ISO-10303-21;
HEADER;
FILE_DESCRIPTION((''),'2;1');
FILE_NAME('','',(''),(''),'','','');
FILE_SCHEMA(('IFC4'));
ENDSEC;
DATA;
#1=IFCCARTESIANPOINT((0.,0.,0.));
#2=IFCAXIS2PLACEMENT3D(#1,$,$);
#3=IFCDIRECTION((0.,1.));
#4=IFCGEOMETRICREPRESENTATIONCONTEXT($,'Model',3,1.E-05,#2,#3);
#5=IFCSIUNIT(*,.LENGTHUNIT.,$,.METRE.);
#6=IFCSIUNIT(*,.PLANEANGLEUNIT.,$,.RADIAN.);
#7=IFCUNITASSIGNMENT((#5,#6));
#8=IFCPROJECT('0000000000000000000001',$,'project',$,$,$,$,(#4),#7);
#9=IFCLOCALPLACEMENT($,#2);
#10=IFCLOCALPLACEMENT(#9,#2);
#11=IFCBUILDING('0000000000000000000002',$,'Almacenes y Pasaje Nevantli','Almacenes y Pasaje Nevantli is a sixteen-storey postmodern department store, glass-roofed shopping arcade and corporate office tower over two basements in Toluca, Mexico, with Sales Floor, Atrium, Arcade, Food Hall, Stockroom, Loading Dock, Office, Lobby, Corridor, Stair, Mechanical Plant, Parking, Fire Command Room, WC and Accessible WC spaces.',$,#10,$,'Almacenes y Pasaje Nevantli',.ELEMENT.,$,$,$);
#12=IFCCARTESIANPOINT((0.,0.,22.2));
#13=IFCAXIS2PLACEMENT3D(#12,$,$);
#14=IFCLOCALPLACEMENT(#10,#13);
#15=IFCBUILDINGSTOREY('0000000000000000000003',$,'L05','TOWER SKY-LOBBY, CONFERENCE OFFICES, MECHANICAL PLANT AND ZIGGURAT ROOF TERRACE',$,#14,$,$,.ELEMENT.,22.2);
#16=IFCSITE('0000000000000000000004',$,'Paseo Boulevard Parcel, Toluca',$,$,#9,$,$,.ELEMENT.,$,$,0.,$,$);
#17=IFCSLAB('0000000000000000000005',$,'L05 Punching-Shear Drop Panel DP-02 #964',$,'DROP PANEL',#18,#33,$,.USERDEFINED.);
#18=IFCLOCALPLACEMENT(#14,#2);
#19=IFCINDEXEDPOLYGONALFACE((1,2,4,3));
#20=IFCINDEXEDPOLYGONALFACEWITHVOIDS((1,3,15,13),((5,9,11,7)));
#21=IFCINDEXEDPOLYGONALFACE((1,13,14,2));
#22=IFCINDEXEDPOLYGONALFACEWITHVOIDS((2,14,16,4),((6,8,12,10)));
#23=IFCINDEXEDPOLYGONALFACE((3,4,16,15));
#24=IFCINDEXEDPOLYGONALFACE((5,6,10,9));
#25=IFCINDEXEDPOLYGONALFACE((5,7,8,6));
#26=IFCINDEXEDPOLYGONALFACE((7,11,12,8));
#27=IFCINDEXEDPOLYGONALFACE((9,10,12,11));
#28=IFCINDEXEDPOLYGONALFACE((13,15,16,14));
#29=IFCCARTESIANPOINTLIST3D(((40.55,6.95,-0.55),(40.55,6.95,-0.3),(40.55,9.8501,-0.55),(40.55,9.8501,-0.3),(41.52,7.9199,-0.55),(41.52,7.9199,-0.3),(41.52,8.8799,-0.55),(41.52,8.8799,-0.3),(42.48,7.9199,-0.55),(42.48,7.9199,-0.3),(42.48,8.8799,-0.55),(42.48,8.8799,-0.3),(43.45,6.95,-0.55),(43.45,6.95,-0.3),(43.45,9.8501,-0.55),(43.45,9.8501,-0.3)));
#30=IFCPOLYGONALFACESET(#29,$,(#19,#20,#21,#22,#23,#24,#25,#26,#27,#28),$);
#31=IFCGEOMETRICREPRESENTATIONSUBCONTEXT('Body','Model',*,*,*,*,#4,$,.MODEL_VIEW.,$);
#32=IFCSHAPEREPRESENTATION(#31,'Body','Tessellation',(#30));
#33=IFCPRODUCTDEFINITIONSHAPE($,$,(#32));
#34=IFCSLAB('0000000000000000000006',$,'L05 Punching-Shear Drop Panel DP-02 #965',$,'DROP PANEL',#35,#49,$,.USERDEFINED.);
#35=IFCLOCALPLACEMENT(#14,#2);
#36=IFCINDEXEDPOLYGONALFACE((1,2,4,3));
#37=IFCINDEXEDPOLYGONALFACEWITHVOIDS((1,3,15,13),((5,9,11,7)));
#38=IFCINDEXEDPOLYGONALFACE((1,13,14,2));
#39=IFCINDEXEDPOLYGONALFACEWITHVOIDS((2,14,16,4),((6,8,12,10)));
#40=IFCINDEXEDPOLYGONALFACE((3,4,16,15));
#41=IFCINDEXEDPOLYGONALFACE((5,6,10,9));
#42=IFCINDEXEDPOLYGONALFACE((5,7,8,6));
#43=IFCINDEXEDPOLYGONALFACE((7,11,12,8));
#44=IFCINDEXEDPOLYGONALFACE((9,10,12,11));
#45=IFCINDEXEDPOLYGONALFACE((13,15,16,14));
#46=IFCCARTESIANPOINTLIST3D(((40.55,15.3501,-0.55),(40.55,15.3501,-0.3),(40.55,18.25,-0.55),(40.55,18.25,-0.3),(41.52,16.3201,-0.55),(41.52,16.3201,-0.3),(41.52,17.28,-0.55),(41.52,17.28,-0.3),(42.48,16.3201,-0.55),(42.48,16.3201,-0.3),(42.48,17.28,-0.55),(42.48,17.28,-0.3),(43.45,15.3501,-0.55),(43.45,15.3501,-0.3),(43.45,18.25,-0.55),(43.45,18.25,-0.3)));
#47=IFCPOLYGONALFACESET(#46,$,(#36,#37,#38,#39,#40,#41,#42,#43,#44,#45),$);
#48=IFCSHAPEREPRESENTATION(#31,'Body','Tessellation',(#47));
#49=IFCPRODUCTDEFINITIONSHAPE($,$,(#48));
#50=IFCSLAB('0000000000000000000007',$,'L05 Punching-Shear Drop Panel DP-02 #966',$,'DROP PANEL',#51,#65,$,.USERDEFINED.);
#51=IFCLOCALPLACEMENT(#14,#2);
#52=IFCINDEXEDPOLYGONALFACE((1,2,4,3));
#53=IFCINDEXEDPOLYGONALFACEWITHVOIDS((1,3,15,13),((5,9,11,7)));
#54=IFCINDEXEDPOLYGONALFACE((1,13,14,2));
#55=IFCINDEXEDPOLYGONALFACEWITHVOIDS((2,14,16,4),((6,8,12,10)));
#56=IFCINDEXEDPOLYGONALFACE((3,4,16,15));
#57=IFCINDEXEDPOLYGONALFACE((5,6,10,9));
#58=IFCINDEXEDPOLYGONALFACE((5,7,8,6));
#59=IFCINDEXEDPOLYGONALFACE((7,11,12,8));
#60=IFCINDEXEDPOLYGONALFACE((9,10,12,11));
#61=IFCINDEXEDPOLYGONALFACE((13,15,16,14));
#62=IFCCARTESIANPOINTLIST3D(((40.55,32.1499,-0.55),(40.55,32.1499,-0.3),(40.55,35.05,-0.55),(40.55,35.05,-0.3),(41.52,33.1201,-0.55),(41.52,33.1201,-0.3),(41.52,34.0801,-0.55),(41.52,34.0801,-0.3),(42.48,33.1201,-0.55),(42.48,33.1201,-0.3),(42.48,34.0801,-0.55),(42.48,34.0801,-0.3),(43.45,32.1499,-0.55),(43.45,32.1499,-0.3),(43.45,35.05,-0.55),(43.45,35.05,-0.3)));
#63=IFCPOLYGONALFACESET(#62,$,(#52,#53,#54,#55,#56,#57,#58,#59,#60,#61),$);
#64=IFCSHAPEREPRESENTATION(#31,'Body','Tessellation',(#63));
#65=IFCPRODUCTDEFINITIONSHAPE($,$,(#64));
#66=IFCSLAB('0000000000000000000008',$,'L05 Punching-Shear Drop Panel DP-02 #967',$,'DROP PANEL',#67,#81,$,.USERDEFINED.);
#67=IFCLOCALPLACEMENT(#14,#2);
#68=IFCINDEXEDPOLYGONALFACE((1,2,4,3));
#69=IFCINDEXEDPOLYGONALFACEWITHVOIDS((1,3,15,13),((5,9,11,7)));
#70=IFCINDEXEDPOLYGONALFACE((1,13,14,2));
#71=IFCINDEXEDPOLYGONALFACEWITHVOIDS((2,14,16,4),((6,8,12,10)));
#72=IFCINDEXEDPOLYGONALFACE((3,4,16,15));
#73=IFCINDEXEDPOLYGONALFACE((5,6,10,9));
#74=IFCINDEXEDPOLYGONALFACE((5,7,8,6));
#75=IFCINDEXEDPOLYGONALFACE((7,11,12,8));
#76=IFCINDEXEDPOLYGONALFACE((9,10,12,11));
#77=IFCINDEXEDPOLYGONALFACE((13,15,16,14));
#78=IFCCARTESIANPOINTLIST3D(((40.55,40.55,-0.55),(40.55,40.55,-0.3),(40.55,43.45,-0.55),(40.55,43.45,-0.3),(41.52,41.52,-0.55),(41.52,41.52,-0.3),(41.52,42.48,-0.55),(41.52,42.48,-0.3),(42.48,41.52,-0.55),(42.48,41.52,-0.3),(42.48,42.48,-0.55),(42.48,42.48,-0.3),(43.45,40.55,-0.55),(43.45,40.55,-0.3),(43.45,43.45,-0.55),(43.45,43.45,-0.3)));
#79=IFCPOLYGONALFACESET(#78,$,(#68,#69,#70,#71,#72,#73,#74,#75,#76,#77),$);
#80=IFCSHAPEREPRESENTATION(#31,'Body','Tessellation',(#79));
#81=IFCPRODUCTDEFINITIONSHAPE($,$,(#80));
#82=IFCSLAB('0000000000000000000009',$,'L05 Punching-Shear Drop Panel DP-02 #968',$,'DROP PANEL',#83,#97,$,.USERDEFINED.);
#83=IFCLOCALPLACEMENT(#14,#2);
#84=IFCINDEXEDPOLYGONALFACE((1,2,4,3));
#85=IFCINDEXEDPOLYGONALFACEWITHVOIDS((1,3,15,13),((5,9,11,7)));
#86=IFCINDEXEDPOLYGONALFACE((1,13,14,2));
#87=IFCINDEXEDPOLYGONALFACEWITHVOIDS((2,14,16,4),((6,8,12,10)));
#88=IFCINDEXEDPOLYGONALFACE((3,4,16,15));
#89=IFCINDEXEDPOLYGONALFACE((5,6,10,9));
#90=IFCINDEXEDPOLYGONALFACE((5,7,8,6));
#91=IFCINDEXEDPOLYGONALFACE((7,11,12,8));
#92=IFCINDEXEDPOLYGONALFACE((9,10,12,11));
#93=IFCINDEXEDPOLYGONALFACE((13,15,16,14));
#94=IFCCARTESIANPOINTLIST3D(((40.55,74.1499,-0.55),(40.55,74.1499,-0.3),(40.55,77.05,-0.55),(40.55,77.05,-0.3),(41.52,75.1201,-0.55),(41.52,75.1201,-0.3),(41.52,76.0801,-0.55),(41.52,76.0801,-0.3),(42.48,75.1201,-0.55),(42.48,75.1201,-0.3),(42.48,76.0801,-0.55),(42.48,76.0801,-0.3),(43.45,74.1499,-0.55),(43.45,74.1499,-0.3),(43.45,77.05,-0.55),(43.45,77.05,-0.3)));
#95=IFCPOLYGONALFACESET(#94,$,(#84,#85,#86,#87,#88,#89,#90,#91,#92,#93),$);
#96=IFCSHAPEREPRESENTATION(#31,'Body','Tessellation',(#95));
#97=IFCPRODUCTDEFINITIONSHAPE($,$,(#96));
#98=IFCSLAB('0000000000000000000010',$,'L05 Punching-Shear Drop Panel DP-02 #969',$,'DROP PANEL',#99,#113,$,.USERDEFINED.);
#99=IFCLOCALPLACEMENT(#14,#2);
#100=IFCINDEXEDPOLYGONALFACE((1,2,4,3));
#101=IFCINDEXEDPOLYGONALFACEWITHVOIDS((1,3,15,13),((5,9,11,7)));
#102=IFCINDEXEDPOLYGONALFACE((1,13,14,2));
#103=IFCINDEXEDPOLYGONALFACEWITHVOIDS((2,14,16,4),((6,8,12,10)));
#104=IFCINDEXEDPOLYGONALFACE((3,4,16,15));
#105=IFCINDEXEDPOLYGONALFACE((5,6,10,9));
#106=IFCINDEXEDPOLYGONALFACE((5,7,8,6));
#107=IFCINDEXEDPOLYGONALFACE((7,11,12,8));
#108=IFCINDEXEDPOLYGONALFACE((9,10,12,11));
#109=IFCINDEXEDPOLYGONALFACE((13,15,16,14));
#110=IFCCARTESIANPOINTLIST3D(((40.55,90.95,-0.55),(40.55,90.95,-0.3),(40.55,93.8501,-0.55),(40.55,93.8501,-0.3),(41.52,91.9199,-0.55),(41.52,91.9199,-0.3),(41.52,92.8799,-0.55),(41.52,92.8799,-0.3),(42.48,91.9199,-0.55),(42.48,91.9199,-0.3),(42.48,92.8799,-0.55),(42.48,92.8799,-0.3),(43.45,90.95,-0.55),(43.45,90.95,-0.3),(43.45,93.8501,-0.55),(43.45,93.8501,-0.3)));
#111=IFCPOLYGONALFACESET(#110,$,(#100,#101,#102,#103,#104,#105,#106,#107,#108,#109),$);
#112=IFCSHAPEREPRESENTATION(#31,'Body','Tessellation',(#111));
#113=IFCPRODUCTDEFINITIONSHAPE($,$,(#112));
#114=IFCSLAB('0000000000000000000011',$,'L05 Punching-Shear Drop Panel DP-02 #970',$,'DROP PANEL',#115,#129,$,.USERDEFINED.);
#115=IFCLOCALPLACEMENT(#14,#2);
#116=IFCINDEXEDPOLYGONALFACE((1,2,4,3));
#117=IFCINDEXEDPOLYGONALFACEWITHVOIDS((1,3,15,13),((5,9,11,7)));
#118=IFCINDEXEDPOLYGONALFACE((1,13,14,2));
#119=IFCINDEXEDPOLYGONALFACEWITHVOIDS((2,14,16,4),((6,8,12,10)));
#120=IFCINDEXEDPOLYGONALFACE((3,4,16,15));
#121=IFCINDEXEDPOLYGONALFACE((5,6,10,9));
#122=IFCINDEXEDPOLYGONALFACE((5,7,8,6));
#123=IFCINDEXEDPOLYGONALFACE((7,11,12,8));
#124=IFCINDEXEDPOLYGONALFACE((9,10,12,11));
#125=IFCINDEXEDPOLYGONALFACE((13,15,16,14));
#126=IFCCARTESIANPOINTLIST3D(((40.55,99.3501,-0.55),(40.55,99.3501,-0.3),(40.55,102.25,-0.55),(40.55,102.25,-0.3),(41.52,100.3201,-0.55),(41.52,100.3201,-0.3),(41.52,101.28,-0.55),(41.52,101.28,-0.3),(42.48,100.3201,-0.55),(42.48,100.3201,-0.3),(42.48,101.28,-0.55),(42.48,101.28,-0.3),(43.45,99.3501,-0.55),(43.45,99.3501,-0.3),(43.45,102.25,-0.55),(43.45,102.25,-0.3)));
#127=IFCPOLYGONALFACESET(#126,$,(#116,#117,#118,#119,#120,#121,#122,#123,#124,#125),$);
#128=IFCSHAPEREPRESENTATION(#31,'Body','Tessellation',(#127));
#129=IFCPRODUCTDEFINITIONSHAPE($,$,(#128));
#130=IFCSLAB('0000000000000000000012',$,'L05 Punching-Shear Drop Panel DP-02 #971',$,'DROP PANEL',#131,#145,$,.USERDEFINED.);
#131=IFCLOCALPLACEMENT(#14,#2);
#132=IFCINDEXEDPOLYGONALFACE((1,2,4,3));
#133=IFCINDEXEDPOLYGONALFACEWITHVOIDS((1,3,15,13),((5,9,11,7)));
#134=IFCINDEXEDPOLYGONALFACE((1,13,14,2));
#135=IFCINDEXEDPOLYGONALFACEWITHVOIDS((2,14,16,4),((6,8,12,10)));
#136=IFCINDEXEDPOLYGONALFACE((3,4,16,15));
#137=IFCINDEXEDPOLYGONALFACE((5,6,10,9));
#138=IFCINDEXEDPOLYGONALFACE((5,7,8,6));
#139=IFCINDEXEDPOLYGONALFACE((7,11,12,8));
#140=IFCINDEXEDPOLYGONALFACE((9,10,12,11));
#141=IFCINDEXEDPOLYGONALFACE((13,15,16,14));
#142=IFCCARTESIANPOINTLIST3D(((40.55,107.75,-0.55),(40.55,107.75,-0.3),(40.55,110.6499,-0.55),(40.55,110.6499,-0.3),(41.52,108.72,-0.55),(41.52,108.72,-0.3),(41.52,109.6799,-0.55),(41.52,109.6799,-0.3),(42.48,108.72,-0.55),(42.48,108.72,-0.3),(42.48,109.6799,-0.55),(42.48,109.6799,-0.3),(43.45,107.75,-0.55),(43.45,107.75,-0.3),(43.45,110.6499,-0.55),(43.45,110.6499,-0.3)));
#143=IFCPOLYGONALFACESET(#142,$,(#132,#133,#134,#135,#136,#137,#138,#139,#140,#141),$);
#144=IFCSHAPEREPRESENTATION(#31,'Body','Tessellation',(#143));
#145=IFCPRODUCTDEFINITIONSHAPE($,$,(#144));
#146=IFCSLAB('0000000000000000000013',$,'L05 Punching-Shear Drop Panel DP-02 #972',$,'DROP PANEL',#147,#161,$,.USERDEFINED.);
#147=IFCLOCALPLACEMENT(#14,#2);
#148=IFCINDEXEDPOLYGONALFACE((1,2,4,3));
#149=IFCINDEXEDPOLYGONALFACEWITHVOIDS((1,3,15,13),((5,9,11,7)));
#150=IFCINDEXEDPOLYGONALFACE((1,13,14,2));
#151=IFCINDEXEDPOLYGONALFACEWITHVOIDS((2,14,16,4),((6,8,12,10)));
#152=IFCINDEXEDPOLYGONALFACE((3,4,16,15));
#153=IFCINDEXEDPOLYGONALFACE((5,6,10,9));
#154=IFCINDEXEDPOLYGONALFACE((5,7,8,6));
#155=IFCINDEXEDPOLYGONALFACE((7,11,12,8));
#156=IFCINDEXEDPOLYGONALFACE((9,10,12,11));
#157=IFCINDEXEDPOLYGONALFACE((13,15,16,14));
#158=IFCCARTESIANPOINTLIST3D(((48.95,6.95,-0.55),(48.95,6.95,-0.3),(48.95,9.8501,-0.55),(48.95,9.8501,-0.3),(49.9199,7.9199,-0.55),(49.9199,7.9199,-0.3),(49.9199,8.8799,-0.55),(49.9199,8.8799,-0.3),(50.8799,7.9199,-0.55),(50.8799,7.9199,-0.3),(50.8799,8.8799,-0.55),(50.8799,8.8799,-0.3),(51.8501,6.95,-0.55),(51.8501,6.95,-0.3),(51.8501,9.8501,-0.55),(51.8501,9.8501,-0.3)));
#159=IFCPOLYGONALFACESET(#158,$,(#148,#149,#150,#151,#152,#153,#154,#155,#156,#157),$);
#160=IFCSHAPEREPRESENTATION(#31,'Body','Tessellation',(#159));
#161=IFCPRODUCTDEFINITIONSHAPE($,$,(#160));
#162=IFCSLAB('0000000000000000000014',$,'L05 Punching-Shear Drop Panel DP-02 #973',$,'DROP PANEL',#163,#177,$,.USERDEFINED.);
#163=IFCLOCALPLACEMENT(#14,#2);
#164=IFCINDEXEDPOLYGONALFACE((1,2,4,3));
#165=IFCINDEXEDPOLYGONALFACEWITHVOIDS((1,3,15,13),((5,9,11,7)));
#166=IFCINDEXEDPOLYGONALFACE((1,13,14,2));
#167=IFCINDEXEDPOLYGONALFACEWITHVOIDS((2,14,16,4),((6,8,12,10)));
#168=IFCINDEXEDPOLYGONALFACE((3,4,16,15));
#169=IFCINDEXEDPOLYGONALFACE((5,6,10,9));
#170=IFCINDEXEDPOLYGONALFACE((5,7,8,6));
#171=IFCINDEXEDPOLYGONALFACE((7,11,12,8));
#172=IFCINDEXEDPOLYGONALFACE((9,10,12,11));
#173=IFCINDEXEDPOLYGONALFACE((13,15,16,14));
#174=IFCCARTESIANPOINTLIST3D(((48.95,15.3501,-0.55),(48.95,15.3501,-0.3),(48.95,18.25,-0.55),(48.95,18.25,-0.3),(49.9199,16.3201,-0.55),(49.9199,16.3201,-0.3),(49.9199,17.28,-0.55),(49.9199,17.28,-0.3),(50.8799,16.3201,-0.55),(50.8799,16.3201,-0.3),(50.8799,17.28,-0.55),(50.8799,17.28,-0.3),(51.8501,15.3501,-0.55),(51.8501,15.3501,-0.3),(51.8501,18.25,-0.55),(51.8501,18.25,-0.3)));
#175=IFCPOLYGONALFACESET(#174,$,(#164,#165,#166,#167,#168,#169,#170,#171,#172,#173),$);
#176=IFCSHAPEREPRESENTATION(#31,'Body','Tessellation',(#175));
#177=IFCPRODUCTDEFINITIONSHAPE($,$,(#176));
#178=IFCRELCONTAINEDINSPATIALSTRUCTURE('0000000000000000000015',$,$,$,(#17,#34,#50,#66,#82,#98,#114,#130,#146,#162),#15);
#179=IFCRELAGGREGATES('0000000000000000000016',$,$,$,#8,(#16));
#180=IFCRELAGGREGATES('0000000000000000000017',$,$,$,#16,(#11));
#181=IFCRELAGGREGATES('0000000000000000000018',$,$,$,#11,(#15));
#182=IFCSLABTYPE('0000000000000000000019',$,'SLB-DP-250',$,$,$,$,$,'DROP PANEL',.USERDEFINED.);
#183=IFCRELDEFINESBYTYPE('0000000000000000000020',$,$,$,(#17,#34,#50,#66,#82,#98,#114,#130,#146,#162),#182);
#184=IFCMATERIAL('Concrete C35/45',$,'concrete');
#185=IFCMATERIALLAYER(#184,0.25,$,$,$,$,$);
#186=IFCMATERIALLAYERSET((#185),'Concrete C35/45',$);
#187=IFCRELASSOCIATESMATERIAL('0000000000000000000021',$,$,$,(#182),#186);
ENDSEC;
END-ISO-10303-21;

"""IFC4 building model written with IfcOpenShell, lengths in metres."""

from ifc_helpers import new_model, si_unit, direction, frame, origin, place, context, subcontext, project, spatial, polyline, outline, extrude, material, layer, layer_set, type_object, element, save


model = new_model("IFC4")

# Units and contexts
model_context = context("Model", 3, precision=1e-05, world=origin(), true_north=direction((0.0, 1.0)))
body_context = subcontext(model_context, "Body", "Model", "MODEL_VIEW")
ifc_project = project(units=[si_unit("LENGTHUNIT", "METRE"), si_unit("PLANEANGLEUNIT", "RADIAN")], contexts=[model_context])

# Site, building, storey
site_placement = place(None, origin())
site = spatial("IfcSite", under=ifc_project, at=site_placement, Name="Paseo Boulevard Parcel, Toluca", CompositionType="ELEMENT", RefElevation=0.0)
building_placement = place(site_placement, origin())
building = spatial("IfcBuilding", under=site, at=building_placement, Name="Almacenes y Pasaje Nevantli", Description="Almacenes y Pasaje Nevantli is a sixteen-storey postmodern department store, glass-roofed shopping arcade and corporate office tower over two basements in Toluca, Mexico, with Sales Floor, Atrium, Arcade, Food Hall, Stockroom, Loading Dock, Office, Lobby, Corridor, Stair, Mechanical Plant, Parking, Fire Command Room, WC and Accessible WC spaces.", LongName="Almacenes y Pasaje Nevantli", CompositionType="ELEMENT")
storey_placement = place(building_placement, frame((0.0, 0.0, 22.2)))
storey = spatial("IfcBuildingStorey", under=building, at=storey_placement, Name="L05", Description="TOWER SKY-LOBBY, CONFERENCE OFFICES, MECHANICAL PLANT AND ZIGGURAT ROOF TERRACE", CompositionType="ELEMENT", Elevation=22.2)

# Slabs
ifc_material = material(Name="Concrete C35/45", Category="concrete")
ifc_layer = layer(ifc_material, 0.25)
ifc_layer_set = layer_set([ifc_layer], Name="Concrete C35/45")
slab_type = type_object("IfcSlabType", Name="SLB-DP-250", ElementType="DROP PANEL", PredefinedType="USERDEFINED", material=ifc_layer_set)
slab_1_placement = place(storey_placement, frame((0.0, 0.0, -0.55)))
element("IfcSlab", 1, at=slab_1_placement, inside=storey, type_object=slab_type, Name="L05 Punching-Shear Drop Panel DP-02 #964", ObjectType="DROP PANEL", PredefinedType="USERDEFINED", context=body_context, shape_type="SweptSolid", body=[
    extrude(outline(polyline([(40.55, 6.95), (43.45, 6.95), (43.45, 9.8501), (40.55, 9.8501), (40.55, 6.95)]), holes=[polyline([(41.52, 7.9199), (42.48, 7.9199), (42.48, 8.8799), (41.52, 8.8799), (41.52, 7.9199)])]), origin(), (0.0, 0.0, 1.0), 0.25),
])
slab_2_placement = place(storey_placement, frame((0.0, 0.0, -0.55)))
element("IfcSlab", 2, at=slab_2_placement, inside=storey, type_object=slab_type, Name="L05 Punching-Shear Drop Panel DP-02 #965", ObjectType="DROP PANEL", PredefinedType="USERDEFINED", context=body_context, shape_type="SweptSolid", body=[
    extrude(outline(polyline([(40.55, 15.3501), (43.45, 15.3501), (43.45, 18.25), (40.55, 18.25), (40.55, 15.3501)]), holes=[polyline([(41.52, 16.3201), (42.48, 16.3201), (42.48, 17.28), (41.52, 17.28), (41.52, 16.3201)])]), origin(), (0.0, 0.0, 1.0), 0.25),
])
slab_3_placement = place(storey_placement, frame((0.0, 0.0, -0.55)))
element("IfcSlab", 3, at=slab_3_placement, inside=storey, type_object=slab_type, Name="L05 Punching-Shear Drop Panel DP-02 #966", ObjectType="DROP PANEL", PredefinedType="USERDEFINED", context=body_context, shape_type="SweptSolid", body=[
    extrude(outline(polyline([(40.55, 32.1499), (43.45, 32.1499), (43.45, 35.05), (40.55, 35.05), (40.55, 32.1499)]), holes=[polyline([(41.52, 33.1201), (42.48, 33.1201), (42.48, 34.0801), (41.52, 34.0801), (41.52, 33.1201)])]), origin(), (0.0, 0.0, 1.0), 0.25),
])
slab_4_placement = place(storey_placement, frame((0.0, 0.0, -0.55)))
element("IfcSlab", 4, at=slab_4_placement, inside=storey, type_object=slab_type, Name="L05 Punching-Shear Drop Panel DP-02 #967", ObjectType="DROP PANEL", PredefinedType="USERDEFINED", context=body_context, shape_type="SweptSolid", body=[
    extrude(outline(polyline([(40.55, 40.55), (43.45, 40.55), (43.45, 43.45), (40.55, 43.45), (40.55, 40.55)]), holes=[polyline([(41.52, 41.52), (42.48, 41.52), (42.48, 42.48), (41.52, 42.48), (41.52, 41.52)])]), origin(), (0.0, 0.0, 1.0), 0.25),
])
slab_5_placement = place(storey_placement, frame((0.0, 0.0, -0.55)))
element("IfcSlab", 5, at=slab_5_placement, inside=storey, type_object=slab_type, Name="L05 Punching-Shear Drop Panel DP-02 #968", ObjectType="DROP PANEL", PredefinedType="USERDEFINED", context=body_context, shape_type="SweptSolid", body=[
    extrude(outline(polyline([(40.55, 74.1499), (43.45, 74.1499), (43.45, 77.05), (40.55, 77.05), (40.55, 74.1499)]), holes=[polyline([(41.52, 75.1201), (42.48, 75.1201), (42.48, 76.0801), (41.52, 76.0801), (41.52, 75.1201)])]), origin(), (0.0, 0.0, 1.0), 0.25),
])
slab_6_placement = place(storey_placement, frame((0.0, 0.0, -0.55)))
element("IfcSlab", 6, at=slab_6_placement, inside=storey, type_object=slab_type, Name="L05 Punching-Shear Drop Panel DP-02 #969", ObjectType="DROP PANEL", PredefinedType="USERDEFINED", context=body_context, shape_type="SweptSolid", body=[
    extrude(outline(polyline([(40.55, 90.95), (43.45, 90.95), (43.45, 93.8501), (40.55, 93.8501), (40.55, 90.95)]), holes=[polyline([(41.52, 91.9199), (42.48, 91.9199), (42.48, 92.8799), (41.52, 92.8799), (41.52, 91.9199)])]), origin(), (0.0, 0.0, 1.0), 0.25),
])
slab_7_placement = place(storey_placement, frame((0.0, 0.0, -0.55)))
element("IfcSlab", 7, at=slab_7_placement, inside=storey, type_object=slab_type, Name="L05 Punching-Shear Drop Panel DP-02 #970", ObjectType="DROP PANEL", PredefinedType="USERDEFINED", context=body_context, shape_type="SweptSolid", body=[
    extrude(outline(polyline([(40.55, 99.3501), (43.45, 99.3501), (43.45, 102.25), (40.55, 102.25), (40.55, 99.3501)]), holes=[polyline([(41.52, 100.3201), (42.48, 100.3201), (42.48, 101.28), (41.52, 101.28), (41.52, 100.3201)])]), origin(), (0.0, 0.0, 1.0), 0.25),
])
slab_8_placement = place(storey_placement, frame((0.0, 0.0, -0.55)))
element("IfcSlab", 8, at=slab_8_placement, inside=storey, type_object=slab_type, Name="L05 Punching-Shear Drop Panel DP-02 #971", ObjectType="DROP PANEL", PredefinedType="USERDEFINED", context=body_context, shape_type="SweptSolid", body=[
    extrude(outline(polyline([(40.55, 107.75), (43.45, 107.75), (43.45, 110.6499), (40.55, 110.6499), (40.55, 107.75)]), holes=[polyline([(41.52, 108.72), (42.48, 108.72), (42.48, 109.6799), (41.52, 109.6799), (41.52, 108.72)])]), origin(), (0.0, 0.0, 1.0), 0.25),
])
slab_9_placement = place(storey_placement, frame((0.0, 0.0, -0.55)))
element("IfcSlab", 9, at=slab_9_placement, inside=storey, type_object=slab_type, Name="L05 Punching-Shear Drop Panel DP-02 #972", ObjectType="DROP PANEL", PredefinedType="USERDEFINED", context=body_context, shape_type="SweptSolid", body=[
    extrude(outline(polyline([(48.95, 6.95), (51.8501, 6.95), (51.8501, 9.8501), (48.95, 9.8501), (48.95, 6.95)]), holes=[polyline([(49.9199, 7.9199), (50.8799, 7.9199), (50.8799, 8.8799), (49.9199, 8.8799), (49.9199, 7.9199)])]), origin(), (0.0, 0.0, 1.0), 0.25),
])
slab_10_placement = place(storey_placement, frame((0.0, 0.0, -0.55)))
element("IfcSlab", 10, at=slab_10_placement, inside=storey, type_object=slab_type, Name="L05 Punching-Shear Drop Panel DP-02 #973", ObjectType="DROP PANEL", PredefinedType="USERDEFINED", context=body_context, shape_type="SweptSolid", body=[
    extrude(outline(polyline([(48.95, 15.3501), (51.8501, 15.3501), (51.8501, 18.25), (48.95, 18.25), (48.95, 15.3501)]), holes=[polyline([(49.9199, 16.3201), (50.8799, 16.3201), (50.8799, 17.28), (49.9199, 17.28), (49.9199, 16.3201)])]), origin(), (0.0, 0.0, 1.0), 0.25),
])

save(model, "model.ifc")
